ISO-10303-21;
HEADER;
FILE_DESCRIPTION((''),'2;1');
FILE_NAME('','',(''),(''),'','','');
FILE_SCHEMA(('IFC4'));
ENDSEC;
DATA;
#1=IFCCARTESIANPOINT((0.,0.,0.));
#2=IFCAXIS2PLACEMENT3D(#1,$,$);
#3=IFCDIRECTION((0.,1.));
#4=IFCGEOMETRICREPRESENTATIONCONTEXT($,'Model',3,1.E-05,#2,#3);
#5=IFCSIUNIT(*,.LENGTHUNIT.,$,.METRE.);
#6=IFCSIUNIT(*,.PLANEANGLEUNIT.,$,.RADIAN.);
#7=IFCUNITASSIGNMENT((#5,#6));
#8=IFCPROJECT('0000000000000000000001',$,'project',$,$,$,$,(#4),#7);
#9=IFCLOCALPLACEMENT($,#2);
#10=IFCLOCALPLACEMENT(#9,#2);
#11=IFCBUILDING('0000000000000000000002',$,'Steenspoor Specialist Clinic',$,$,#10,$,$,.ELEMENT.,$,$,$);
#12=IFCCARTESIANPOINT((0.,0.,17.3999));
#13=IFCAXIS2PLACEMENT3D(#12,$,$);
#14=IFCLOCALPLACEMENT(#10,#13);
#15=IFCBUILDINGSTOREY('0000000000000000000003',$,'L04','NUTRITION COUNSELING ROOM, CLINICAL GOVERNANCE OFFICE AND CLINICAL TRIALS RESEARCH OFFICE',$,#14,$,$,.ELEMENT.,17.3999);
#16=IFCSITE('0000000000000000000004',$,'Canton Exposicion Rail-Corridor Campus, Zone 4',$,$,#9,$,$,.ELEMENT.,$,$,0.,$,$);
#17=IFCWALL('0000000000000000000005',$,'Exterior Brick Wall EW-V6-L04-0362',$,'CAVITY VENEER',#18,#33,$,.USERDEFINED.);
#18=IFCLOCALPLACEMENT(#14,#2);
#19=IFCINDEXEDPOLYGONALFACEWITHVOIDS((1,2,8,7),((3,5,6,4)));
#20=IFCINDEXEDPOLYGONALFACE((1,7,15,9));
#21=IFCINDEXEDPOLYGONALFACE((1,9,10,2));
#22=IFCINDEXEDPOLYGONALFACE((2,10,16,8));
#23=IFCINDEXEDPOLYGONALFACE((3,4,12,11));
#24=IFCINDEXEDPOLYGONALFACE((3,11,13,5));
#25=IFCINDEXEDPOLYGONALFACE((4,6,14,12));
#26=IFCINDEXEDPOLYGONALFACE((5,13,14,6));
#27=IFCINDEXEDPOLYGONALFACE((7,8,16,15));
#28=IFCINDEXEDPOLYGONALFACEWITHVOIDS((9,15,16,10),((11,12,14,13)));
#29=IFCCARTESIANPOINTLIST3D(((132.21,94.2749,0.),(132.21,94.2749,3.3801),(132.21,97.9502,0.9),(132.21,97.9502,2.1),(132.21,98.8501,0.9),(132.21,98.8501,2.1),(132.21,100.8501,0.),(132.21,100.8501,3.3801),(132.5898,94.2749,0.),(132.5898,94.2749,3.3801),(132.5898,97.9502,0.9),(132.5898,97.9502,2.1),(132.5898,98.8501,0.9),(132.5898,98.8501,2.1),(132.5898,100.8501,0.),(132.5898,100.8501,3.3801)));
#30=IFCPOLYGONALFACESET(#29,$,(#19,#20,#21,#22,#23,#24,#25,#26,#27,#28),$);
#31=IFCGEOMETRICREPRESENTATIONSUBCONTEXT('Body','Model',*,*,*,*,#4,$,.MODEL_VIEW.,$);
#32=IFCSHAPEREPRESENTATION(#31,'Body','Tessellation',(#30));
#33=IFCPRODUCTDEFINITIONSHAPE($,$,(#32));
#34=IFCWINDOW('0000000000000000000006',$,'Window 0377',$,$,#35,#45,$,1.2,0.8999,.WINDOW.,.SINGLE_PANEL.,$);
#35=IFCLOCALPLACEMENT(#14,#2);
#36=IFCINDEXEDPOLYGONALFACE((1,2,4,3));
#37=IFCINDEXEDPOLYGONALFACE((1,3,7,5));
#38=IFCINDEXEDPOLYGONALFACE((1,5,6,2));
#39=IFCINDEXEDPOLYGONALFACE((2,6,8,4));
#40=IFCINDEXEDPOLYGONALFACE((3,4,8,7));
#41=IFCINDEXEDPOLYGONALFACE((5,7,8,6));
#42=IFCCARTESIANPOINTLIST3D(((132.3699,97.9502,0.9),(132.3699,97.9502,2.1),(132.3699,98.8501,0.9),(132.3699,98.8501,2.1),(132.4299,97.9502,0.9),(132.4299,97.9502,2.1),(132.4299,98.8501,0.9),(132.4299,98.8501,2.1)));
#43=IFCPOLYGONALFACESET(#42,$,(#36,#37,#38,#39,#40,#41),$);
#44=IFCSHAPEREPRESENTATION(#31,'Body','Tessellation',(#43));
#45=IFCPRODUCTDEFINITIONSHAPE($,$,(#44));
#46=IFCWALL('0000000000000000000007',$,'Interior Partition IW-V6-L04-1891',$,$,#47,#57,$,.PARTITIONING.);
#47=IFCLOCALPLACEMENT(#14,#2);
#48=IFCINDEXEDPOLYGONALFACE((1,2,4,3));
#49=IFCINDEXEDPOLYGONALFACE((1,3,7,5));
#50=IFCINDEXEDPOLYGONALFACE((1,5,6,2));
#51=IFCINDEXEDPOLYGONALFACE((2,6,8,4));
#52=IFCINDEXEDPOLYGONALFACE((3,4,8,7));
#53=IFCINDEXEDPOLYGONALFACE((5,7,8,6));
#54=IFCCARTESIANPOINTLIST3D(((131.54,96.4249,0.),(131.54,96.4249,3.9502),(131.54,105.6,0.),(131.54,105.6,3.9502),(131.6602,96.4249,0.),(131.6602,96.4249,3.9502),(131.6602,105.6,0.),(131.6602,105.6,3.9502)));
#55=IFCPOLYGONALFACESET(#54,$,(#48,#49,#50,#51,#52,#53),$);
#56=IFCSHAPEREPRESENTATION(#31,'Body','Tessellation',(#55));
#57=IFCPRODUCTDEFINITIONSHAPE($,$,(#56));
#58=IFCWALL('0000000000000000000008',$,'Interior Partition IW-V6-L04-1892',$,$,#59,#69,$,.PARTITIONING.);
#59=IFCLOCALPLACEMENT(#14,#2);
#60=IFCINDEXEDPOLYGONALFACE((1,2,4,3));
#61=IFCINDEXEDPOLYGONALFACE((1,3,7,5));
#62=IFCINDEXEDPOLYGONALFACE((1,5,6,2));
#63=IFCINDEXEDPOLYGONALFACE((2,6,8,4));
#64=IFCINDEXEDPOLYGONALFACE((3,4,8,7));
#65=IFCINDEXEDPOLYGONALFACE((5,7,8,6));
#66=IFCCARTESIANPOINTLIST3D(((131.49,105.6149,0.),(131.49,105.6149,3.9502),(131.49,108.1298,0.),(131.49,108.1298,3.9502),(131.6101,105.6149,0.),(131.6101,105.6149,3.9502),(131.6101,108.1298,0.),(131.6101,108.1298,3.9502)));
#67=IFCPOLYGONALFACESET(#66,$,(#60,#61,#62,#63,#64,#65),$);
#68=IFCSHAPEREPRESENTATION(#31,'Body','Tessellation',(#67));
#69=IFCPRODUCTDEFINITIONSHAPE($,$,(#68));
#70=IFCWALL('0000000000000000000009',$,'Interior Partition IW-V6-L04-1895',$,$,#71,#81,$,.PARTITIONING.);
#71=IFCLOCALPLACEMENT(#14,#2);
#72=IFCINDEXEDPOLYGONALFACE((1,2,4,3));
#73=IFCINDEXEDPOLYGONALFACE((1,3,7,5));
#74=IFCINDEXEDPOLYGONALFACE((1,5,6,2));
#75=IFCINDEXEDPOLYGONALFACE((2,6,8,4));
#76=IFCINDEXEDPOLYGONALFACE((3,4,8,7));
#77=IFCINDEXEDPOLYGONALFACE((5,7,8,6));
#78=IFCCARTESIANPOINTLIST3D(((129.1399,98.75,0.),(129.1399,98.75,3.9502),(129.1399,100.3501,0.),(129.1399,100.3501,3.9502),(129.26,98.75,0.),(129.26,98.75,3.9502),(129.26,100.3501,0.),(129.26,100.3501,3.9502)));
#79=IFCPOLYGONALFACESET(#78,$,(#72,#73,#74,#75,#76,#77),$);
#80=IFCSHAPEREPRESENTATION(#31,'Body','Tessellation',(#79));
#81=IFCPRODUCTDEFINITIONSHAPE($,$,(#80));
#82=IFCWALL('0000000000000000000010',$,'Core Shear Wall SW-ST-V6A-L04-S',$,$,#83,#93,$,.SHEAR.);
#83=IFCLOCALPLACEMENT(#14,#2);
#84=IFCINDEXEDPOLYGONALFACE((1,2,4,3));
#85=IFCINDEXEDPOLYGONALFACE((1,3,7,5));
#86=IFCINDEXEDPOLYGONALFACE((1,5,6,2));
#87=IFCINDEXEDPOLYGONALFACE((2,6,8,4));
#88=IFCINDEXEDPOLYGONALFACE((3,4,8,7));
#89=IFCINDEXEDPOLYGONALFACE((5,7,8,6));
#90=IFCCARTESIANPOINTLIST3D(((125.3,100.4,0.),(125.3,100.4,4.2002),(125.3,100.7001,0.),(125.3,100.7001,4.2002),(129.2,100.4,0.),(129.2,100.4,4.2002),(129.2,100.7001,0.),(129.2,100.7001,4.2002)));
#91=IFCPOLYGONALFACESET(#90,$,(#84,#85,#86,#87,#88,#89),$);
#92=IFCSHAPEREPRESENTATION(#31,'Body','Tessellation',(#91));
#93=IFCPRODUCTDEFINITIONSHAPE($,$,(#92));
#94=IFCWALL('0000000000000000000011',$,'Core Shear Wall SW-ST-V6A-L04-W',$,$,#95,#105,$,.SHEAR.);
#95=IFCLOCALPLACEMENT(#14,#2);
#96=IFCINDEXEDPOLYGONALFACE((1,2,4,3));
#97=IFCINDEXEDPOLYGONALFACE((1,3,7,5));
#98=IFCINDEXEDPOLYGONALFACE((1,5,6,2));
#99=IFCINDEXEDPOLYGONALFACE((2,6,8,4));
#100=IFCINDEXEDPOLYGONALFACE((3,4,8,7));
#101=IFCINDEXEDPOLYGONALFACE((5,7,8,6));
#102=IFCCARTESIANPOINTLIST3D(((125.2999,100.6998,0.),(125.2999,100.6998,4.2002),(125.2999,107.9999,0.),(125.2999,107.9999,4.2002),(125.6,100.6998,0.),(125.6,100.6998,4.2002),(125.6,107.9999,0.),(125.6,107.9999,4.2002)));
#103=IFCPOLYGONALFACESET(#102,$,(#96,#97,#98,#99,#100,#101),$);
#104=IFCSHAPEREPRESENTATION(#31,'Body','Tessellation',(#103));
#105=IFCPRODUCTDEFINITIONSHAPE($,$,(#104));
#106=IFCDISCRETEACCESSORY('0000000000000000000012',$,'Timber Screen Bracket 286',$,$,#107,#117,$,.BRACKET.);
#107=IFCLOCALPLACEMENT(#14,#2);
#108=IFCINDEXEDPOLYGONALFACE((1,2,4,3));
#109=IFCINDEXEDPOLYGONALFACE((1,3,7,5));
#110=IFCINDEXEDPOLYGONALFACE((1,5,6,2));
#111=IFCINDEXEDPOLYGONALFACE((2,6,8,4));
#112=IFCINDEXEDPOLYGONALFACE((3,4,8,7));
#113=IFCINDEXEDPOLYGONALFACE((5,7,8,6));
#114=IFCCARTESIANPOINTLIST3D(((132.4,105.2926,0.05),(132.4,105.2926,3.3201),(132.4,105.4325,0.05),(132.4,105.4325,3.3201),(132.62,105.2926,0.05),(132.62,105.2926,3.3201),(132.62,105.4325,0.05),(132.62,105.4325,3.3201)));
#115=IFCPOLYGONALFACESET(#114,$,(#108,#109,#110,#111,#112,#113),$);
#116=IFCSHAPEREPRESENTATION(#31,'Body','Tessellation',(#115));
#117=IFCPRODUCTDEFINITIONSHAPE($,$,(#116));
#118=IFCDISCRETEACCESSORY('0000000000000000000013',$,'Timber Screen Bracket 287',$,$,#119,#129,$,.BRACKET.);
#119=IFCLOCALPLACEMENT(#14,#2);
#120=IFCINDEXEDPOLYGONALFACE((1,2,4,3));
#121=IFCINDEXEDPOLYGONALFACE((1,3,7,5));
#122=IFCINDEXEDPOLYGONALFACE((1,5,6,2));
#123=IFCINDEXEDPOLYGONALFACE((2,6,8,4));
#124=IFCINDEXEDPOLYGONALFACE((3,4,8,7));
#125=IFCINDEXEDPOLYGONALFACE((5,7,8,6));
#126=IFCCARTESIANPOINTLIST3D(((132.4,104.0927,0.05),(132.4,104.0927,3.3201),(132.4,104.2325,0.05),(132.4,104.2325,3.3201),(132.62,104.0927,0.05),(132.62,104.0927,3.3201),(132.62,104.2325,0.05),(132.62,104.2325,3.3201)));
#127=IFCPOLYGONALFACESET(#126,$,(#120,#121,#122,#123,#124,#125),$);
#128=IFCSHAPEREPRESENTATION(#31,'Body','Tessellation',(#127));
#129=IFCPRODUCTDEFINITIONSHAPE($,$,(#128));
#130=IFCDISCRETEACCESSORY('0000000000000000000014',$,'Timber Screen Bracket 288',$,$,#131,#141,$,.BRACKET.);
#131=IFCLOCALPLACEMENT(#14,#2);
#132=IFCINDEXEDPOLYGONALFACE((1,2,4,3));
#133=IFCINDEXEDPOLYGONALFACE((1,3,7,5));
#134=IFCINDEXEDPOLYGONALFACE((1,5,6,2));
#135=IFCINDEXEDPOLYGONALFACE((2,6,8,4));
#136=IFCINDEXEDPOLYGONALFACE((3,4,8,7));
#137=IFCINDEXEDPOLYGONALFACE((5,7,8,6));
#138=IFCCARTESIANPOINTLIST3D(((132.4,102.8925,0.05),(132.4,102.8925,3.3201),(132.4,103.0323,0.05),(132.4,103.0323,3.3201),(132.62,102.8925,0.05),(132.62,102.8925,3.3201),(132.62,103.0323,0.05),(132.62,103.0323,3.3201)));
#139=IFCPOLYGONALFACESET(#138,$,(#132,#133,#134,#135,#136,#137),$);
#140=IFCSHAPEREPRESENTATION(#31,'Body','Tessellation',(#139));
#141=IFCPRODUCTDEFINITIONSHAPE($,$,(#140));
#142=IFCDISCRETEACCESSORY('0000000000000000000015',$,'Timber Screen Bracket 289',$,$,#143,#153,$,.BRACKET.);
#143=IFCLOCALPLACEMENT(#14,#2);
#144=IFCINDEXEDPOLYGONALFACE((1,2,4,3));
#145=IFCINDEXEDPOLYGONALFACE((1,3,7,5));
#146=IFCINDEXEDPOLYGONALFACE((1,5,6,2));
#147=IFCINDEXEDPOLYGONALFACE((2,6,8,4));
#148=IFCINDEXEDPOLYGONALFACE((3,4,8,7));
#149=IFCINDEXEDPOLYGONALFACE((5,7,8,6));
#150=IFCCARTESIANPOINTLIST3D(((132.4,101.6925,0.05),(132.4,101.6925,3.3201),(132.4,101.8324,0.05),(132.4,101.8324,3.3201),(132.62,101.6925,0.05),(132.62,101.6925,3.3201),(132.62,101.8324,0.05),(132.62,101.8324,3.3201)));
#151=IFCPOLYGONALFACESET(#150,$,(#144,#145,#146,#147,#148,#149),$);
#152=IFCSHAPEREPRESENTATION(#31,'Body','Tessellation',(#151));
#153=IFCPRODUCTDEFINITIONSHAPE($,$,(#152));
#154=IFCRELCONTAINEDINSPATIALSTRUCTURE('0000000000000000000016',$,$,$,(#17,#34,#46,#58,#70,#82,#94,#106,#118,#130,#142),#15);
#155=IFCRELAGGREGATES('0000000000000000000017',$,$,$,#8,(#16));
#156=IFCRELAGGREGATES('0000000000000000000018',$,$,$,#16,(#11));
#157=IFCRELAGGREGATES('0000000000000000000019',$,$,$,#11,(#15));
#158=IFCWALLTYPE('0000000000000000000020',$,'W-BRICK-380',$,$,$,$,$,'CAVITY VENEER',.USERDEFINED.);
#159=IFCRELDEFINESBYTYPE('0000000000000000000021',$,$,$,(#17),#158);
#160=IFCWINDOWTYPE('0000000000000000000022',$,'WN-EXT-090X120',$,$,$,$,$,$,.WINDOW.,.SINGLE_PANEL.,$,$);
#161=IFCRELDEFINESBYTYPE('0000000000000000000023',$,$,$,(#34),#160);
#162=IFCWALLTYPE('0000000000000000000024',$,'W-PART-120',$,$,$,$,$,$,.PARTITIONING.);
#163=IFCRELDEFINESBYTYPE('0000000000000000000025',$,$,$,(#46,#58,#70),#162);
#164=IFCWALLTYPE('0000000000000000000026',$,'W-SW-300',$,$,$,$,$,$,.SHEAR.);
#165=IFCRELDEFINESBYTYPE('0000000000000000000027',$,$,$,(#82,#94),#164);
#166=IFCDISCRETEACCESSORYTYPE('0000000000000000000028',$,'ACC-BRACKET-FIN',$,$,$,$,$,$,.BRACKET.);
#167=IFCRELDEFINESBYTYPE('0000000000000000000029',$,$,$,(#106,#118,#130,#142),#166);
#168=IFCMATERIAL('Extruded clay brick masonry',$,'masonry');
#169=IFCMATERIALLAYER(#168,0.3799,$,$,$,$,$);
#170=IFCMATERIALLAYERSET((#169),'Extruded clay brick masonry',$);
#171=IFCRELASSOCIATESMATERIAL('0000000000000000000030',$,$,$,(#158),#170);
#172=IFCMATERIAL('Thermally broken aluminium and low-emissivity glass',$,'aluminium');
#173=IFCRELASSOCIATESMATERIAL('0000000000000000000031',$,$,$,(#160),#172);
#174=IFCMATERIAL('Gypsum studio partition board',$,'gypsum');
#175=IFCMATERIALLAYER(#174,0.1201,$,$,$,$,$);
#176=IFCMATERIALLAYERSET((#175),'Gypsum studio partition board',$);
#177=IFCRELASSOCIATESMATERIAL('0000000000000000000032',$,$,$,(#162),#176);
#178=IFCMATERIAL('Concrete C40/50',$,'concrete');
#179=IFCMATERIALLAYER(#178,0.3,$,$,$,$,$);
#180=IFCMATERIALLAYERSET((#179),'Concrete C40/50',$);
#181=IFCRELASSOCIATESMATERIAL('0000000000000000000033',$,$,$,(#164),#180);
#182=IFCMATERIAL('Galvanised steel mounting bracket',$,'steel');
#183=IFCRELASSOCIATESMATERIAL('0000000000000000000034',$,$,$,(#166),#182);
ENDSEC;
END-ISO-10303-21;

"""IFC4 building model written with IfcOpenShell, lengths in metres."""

from ifc_helpers import new_model, si_unit, direction, frame, frame_2d, origin, origin_2d, place, context, subcontext, project, spatial, rectangle, extrude, material, layer, layer_set, type_object, element, fill, save


model = new_model("IFC4")

# Units and contexts
model_context = context("Model", 3, precision=1e-05, world=origin(), true_north=direction((0.0, 1.0)))
body_context = subcontext(model_context, "Body", "Model", "MODEL_VIEW")
ifc_project = project(units=[si_unit("LENGTHUNIT", "METRE"), si_unit("PLANEANGLEUNIT", "RADIAN")], contexts=[model_context])

# Site, building, storey
site_placement = place(None, origin())
site = spatial("IfcSite", under=ifc_project, at=site_placement, Name="Canton Exposicion Rail-Corridor Campus, Zone 4", CompositionType="ELEMENT", RefElevation=0.0)
building_placement = place(site_placement, origin())
building = spatial("IfcBuilding", under=site, at=building_placement, Name="Steenspoor Specialist Clinic", CompositionType="ELEMENT")
storey_placement = place(building_placement, frame((0.0, 0.0, 17.3999)))
storey = spatial("IfcBuildingStorey", under=building, at=storey_placement, Name="L04", Description="NUTRITION COUNSELING ROOM, CLINICAL GOVERNANCE OFFICE AND CLINICAL TRIALS RESEARCH OFFICE", CompositionType="ELEMENT", Elevation=17.3999)

# Shared definitions
ifc_material_1 = material(Name="Concrete C40/50", Category="concrete")

# Shared definitions
ifc_material_2 = material(Name="Thermally broken aluminium and low-emissivity glass", Category="aluminium")

# Wall, opening, window
ifc_material_3 = material(Name="Extruded clay brick masonry", Category="masonry")
ifc_layer_1 = layer(ifc_material_3, 0.3799)
ifc_layer_set_1 = layer_set([ifc_layer_1], Name="Extruded clay brick masonry")
wall_type_1 = type_object("IfcWallType", Name="W-BRICK-380", ElementType="CAVITY VENEER", PredefinedType="USERDEFINED", material=ifc_layer_set_1)
wall_1_placement = place(storey_placement, frame((132.3999, 100.8501, 0.0), z_axis=(0.0, 0.0, 1.0), x_axis=(0.0, -1.0, 0.0)))
wall_1 = element("IfcWall", 1, at=wall_1_placement, inside=storey, type_object=wall_type_1, Name="Exterior Brick Wall EW-V6-L04-0362", ObjectType="CAVITY VENEER", PredefinedType="USERDEFINED", context=body_context, shape_type="SweptSolid", body=[
    extrude(rectangle(XDim=6.5752, YDim=0.3799, at=frame_2d((3.2876, 0.0))), origin(), (0.0, 0.0, 1.0), 3.3801),
])
opening_1_placement = place(wall_1_placement, frame((2.0, 0.0, 0.8999)))
opening_1 = element("IfcOpeningElement", 2, at=opening_1_placement, cuts=wall_1, PredefinedType="OPENING", context=body_context, shape_type="SweptSolid", body=[
    extrude(rectangle(XDim=0.8999, YDim=1.2, at=frame_2d((0.45, 0.6001))), frame((0.0, 0.2, 0.0), z_axis=(0.0, -1.0, 0.0), x_axis=(1.0, 0.0, 0.0)), (0.0, 0.0, 1.0), 0.3999),
])
window_type = type_object("IfcWindowType", Name="WN-EXT-090X120", PartitioningType="SINGLE_PANEL", PredefinedType="WINDOW", material=ifc_material_2)
window_placement = place(opening_1_placement, origin())
window = element("IfcWindow", 3, at=window_placement, inside=storey, type_object=window_type, Name="Window 0377", OverallHeight=1.2, OverallWidth=0.8999, PartitioningType="SINGLE_PANEL", PredefinedType="WINDOW", context=body_context, shape_type="SweptSolid", body=[
    extrude(rectangle(XDim=0.8999, YDim=1.2, at=frame_2d((0.45, 0.6001))), frame((0.0, 0.03, 0.0), z_axis=(0.0, -1.0, 0.0), x_axis=(1.0, 0.0, 0.0)), (0.0, 0.0, 1.0), 0.0601),
])
fill(opening_1, window)

# Walls
ifc_material_4 = material(Name="Gypsum studio partition board", Category="gypsum")
ifc_layer_2 = layer(ifc_material_4, 0.1201)
ifc_layer_set_2 = layer_set([ifc_layer_2], Name="Gypsum studio partition board")
wall_type_2 = type_object("IfcWallType", Name="W-PART-120", PredefinedType="PARTITIONING", material=ifc_layer_set_2)
wall_2_placement = place(storey_placement, frame((131.6001, 96.425, 0.0), z_axis=(0.0, 0.0, 1.0), x_axis=(0.0, 1.0, 0.0)))
element("IfcWall", 4, at=wall_2_placement, inside=storey, type_object=wall_type_2, Name="Interior Partition IW-V6-L04-1891", PredefinedType="PARTITIONING", context=body_context, shape_type="SweptSolid", body=[
    extrude(rectangle(XDim=9.175, YDim=0.1201, at=frame_2d((4.5874, 0.0))), origin(), (0.0, 0.0, 1.0), 3.9502),
])
wall_3_placement = place(storey_placement, frame((131.55, 105.615, 0.0), z_axis=(0.0, 0.0, 1.0), x_axis=(0.0, 1.0, 0.0)))
element("IfcWall", 5, at=wall_3_placement, inside=storey, type_object=wall_type_2, Name="Interior Partition IW-V6-L04-1892", PredefinedType="PARTITIONING", context=body_context, shape_type="SweptSolid", body=[
    extrude(rectangle(XDim=2.5149, YDim=0.1201, at=frame_2d((1.2573, 0.0))), origin(), (0.0, 0.0, 1.0), 3.9502),
])
wall_4_placement = place(storey_placement, frame((129.2, 98.75, 0.0), z_axis=(0.0, 0.0, 1.0), x_axis=(0.0, 1.0, 0.0)))
element("IfcWall", 6, at=wall_4_placement, inside=storey, type_object=wall_type_2, Name="Interior Partition IW-V6-L04-1895", PredefinedType="PARTITIONING", context=body_context, shape_type="SweptSolid", body=[
    extrude(rectangle(XDim=1.6001, YDim=0.1201, at=frame_2d((0.8, 0.0))), origin(), (0.0, 0.0, 1.0), 3.9502),
])
ifc_layer_3 = layer(ifc_material_1, 0.3)
ifc_layer_set_3 = layer_set([ifc_layer_3], Name="Concrete C40/50")
wall_type_3 = type_object("IfcWallType", Name="W-SW-300", PredefinedType="SHEAR", material=ifc_layer_set_3)
wall_5_placement = place(storey_placement, frame((125.3, 100.55, 0.0), z_axis=(0.0, 0.0, 1.0), x_axis=(1.0, 0.0, 0.0)))
element("IfcWall", 7, at=wall_5_placement, inside=storey, type_object=wall_type_3, Name="Core Shear Wall SW-ST-V6A-L04-S", PredefinedType="SHEAR", context=body_context, shape_type="SweptSolid", body=[
    extrude(rectangle(XDim=3.8999, YDim=0.3, at=frame_2d((1.95, 0.0))), origin(), (0.0, 0.0, 1.0), 4.2002),
])
wall_6_placement = place(storey_placement, frame((125.45, 100.7, 0.0), z_axis=(0.0, 0.0, 1.0), x_axis=(0.0, 1.0, 0.0)))
element("IfcWall", 8, at=wall_6_placement, inside=storey, type_object=wall_type_3, Name="Core Shear Wall SW-ST-V6A-L04-W", PredefinedType="SHEAR", context=body_context, shape_type="SweptSolid", body=[
    extrude(rectangle(XDim=7.3, YDim=0.3, at=frame_2d((3.6499, 0.0))), origin(), (0.0, 0.0, 1.0), 4.2002),
])

# Discrete accessories
ifc_material_5 = material(Name="Galvanised steel mounting bracket", Category="steel")
discrete_accessory_type = type_object("IfcDiscreteAccessoryType", Name="ACC-BRACKET-FIN", PredefinedType="BRACKET", material=ifc_material_5)
for number, where, z_axis, x_axis, name in (
    (9, (132.51, 105.3625, 0.05), (0.0, 0.0, 1.0), (1.0, 0.0, 0.0), "Timber Screen Bracket 286"),
    (10, (132.51, 104.1626, 0.05), (0.0, 0.0, 1.0), (1.0, 0.0, 0.0), "Timber Screen Bracket 287"),
    (11, (132.51, 102.9624, 0.05), (0.0, 0.0, 1.0), (1.0, 0.0, 0.0), "Timber Screen Bracket 288"),
    (12, (132.51, 101.7625, 0.05), (0.0, 0.0, 1.0), (1.0, 0.0, 0.0), "Timber Screen Bracket 289"),
):
    element("IfcDiscreteAccessory", number, at=place(storey_placement, frame(where, z_axis=z_axis, x_axis=x_axis)), inside=storey, type_object=discrete_accessory_type, Name=name, PredefinedType="BRACKET", context=body_context, shape_type="SweptSolid", body=[
        extrude(rectangle(XDim=0.22, YDim=0.1399, at=origin_2d()), origin(), (0.0, 0.0, 1.0), 3.27),
    ])

save(model, "model.ifc")
